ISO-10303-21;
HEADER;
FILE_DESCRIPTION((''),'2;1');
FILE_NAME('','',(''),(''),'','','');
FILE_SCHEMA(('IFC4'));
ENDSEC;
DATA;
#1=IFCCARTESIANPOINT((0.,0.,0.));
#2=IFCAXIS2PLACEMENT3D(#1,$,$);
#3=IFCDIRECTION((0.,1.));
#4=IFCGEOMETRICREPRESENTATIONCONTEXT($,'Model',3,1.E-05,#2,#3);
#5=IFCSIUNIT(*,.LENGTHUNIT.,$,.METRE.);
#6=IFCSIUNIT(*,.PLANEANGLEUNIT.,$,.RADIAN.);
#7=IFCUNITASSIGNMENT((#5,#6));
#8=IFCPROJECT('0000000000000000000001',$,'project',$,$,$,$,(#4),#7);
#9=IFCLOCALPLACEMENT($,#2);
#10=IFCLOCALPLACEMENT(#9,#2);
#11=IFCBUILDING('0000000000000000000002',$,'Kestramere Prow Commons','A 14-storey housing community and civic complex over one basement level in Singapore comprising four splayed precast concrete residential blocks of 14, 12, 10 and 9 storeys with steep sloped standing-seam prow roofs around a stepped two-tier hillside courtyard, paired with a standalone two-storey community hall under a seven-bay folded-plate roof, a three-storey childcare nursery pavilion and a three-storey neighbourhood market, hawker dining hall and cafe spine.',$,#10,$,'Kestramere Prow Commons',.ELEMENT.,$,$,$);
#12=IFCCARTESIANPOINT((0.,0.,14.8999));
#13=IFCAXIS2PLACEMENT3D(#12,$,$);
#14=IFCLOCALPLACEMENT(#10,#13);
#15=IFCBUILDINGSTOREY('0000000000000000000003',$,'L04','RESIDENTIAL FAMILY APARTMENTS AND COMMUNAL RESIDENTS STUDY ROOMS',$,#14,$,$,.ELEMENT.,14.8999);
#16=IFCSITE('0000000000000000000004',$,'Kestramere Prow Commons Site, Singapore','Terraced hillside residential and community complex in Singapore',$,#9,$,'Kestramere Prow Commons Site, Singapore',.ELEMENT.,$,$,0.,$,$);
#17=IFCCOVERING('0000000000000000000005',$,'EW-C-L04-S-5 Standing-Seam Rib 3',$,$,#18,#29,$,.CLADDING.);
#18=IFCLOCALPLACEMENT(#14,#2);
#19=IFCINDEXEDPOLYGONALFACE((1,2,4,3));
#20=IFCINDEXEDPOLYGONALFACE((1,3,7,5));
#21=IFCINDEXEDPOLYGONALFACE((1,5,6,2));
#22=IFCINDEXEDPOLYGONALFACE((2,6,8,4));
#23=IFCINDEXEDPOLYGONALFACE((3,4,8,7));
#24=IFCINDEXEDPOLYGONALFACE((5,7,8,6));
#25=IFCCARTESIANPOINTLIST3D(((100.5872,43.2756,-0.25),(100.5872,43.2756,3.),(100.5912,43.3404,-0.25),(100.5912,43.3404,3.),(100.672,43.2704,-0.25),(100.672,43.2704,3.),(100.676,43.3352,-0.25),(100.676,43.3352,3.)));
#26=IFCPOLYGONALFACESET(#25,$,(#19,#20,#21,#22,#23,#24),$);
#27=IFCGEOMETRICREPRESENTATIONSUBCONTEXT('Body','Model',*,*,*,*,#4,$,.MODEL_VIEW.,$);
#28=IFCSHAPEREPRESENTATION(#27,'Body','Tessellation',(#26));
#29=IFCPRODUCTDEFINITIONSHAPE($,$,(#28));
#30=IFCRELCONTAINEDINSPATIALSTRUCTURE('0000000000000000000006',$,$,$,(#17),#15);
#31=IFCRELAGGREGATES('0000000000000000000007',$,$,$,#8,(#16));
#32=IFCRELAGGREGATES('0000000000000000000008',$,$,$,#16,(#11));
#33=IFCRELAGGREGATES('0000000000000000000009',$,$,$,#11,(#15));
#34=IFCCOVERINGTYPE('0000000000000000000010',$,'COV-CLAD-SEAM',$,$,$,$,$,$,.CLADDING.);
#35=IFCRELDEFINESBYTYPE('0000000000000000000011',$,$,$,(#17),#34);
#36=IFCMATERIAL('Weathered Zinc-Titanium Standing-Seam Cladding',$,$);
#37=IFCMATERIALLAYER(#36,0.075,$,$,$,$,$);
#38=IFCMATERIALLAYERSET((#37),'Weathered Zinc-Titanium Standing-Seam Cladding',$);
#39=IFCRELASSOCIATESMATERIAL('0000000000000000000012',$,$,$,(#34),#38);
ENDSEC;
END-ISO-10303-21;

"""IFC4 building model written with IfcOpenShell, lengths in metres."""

from ifc_helpers import new_model, si_unit, direction, frame, origin, origin_2d, place, context, subcontext, project, spatial, rectangle, extrude, material, layer, layer_set, type_object, element, save


model = new_model("IFC4")

# Units and contexts
model_context = context("Model", 3, precision=1e-05, world=origin(), true_north=direction((0.0, 1.0)))
body_context = subcontext(model_context, "Body", "Model", "MODEL_VIEW")
ifc_project = project(units=[si_unit("LENGTHUNIT", "METRE"), si_unit("PLANEANGLEUNIT", "RADIAN")], contexts=[model_context])

# Site, building, storey
site_placement = place(None, origin())
site = spatial("IfcSite", under=ifc_project, at=site_placement, Name="Kestramere Prow Commons Site, Singapore", Description="Terraced hillside residential and community complex in Singapore", LongName="Kestramere Prow Commons Site, Singapore", CompositionType="ELEMENT", RefElevation=0.0)
building_placement = place(site_placement, origin())
building = spatial("IfcBuilding", under=site, at=building_placement, Name="Kestramere Prow Commons", Description="A 14-storey housing community and civic complex over one basement level in Singapore comprising four splayed precast concrete residential blocks of 14, 12, 10 and 9 storeys with steep sloped standing-seam prow roofs around a stepped two-tier hillside courtyard, paired with a standalone two-storey community hall under a seven-bay folded-plate roof, a three-storey childcare nursery pavilion and a three-storey neighbourhood market, hawker dining hall and cafe spine.", LongName="Kestramere Prow Commons", CompositionType="ELEMENT")
storey_placement = place(building_placement, frame((0.0, 0.0, 14.8999)))
storey = spatial("IfcBuildingStorey", under=building, at=storey_placement, Name="L04", Description="RESIDENTIAL FAMILY APARTMENTS AND COMMUNAL RESIDENTS STUDY ROOMS", CompositionType="ELEMENT", Elevation=14.8999)

# Covering
ifc_material_1 = material(Name="Weathered Zinc-Titanium Standing-Seam Cladding")
ifc_layer_1 = layer(ifc_material_1, 0.075)
ifc_layer_set_1 = layer_set([ifc_layer_1], Name="Weathered Zinc-Titanium Standing-Seam Cladding")
covering_type = type_object("IfcCoveringType", Name="COV-CLAD-SEAM", PredefinedType="CLADDING", material=ifc_layer_set_1)
for number, where, z_axis, x_axis, name in (
    (1, (100.6316, 43.3054, -0.25), (0.0, 0.0, 1.0), (-0.998135, 0.061049, 0.0), "EW-C-L04-S-5 Standing-Seam Rib 3"),
):
    element("IfcCovering", number, at=place(storey_placement, frame(where, z_axis=z_axis, x_axis=x_axis)), inside=storey, type_object=covering_type, Name=name, PredefinedType="CLADDING", context=body_context, shape_type="SweptSolid", body=[
        extrude(rectangle(XDim=0.085, YDim=0.0649, at=origin_2d()), origin(), (0.0, 0.0, 1.0), 3.25),
    ])

save(model, "model.ifc")
